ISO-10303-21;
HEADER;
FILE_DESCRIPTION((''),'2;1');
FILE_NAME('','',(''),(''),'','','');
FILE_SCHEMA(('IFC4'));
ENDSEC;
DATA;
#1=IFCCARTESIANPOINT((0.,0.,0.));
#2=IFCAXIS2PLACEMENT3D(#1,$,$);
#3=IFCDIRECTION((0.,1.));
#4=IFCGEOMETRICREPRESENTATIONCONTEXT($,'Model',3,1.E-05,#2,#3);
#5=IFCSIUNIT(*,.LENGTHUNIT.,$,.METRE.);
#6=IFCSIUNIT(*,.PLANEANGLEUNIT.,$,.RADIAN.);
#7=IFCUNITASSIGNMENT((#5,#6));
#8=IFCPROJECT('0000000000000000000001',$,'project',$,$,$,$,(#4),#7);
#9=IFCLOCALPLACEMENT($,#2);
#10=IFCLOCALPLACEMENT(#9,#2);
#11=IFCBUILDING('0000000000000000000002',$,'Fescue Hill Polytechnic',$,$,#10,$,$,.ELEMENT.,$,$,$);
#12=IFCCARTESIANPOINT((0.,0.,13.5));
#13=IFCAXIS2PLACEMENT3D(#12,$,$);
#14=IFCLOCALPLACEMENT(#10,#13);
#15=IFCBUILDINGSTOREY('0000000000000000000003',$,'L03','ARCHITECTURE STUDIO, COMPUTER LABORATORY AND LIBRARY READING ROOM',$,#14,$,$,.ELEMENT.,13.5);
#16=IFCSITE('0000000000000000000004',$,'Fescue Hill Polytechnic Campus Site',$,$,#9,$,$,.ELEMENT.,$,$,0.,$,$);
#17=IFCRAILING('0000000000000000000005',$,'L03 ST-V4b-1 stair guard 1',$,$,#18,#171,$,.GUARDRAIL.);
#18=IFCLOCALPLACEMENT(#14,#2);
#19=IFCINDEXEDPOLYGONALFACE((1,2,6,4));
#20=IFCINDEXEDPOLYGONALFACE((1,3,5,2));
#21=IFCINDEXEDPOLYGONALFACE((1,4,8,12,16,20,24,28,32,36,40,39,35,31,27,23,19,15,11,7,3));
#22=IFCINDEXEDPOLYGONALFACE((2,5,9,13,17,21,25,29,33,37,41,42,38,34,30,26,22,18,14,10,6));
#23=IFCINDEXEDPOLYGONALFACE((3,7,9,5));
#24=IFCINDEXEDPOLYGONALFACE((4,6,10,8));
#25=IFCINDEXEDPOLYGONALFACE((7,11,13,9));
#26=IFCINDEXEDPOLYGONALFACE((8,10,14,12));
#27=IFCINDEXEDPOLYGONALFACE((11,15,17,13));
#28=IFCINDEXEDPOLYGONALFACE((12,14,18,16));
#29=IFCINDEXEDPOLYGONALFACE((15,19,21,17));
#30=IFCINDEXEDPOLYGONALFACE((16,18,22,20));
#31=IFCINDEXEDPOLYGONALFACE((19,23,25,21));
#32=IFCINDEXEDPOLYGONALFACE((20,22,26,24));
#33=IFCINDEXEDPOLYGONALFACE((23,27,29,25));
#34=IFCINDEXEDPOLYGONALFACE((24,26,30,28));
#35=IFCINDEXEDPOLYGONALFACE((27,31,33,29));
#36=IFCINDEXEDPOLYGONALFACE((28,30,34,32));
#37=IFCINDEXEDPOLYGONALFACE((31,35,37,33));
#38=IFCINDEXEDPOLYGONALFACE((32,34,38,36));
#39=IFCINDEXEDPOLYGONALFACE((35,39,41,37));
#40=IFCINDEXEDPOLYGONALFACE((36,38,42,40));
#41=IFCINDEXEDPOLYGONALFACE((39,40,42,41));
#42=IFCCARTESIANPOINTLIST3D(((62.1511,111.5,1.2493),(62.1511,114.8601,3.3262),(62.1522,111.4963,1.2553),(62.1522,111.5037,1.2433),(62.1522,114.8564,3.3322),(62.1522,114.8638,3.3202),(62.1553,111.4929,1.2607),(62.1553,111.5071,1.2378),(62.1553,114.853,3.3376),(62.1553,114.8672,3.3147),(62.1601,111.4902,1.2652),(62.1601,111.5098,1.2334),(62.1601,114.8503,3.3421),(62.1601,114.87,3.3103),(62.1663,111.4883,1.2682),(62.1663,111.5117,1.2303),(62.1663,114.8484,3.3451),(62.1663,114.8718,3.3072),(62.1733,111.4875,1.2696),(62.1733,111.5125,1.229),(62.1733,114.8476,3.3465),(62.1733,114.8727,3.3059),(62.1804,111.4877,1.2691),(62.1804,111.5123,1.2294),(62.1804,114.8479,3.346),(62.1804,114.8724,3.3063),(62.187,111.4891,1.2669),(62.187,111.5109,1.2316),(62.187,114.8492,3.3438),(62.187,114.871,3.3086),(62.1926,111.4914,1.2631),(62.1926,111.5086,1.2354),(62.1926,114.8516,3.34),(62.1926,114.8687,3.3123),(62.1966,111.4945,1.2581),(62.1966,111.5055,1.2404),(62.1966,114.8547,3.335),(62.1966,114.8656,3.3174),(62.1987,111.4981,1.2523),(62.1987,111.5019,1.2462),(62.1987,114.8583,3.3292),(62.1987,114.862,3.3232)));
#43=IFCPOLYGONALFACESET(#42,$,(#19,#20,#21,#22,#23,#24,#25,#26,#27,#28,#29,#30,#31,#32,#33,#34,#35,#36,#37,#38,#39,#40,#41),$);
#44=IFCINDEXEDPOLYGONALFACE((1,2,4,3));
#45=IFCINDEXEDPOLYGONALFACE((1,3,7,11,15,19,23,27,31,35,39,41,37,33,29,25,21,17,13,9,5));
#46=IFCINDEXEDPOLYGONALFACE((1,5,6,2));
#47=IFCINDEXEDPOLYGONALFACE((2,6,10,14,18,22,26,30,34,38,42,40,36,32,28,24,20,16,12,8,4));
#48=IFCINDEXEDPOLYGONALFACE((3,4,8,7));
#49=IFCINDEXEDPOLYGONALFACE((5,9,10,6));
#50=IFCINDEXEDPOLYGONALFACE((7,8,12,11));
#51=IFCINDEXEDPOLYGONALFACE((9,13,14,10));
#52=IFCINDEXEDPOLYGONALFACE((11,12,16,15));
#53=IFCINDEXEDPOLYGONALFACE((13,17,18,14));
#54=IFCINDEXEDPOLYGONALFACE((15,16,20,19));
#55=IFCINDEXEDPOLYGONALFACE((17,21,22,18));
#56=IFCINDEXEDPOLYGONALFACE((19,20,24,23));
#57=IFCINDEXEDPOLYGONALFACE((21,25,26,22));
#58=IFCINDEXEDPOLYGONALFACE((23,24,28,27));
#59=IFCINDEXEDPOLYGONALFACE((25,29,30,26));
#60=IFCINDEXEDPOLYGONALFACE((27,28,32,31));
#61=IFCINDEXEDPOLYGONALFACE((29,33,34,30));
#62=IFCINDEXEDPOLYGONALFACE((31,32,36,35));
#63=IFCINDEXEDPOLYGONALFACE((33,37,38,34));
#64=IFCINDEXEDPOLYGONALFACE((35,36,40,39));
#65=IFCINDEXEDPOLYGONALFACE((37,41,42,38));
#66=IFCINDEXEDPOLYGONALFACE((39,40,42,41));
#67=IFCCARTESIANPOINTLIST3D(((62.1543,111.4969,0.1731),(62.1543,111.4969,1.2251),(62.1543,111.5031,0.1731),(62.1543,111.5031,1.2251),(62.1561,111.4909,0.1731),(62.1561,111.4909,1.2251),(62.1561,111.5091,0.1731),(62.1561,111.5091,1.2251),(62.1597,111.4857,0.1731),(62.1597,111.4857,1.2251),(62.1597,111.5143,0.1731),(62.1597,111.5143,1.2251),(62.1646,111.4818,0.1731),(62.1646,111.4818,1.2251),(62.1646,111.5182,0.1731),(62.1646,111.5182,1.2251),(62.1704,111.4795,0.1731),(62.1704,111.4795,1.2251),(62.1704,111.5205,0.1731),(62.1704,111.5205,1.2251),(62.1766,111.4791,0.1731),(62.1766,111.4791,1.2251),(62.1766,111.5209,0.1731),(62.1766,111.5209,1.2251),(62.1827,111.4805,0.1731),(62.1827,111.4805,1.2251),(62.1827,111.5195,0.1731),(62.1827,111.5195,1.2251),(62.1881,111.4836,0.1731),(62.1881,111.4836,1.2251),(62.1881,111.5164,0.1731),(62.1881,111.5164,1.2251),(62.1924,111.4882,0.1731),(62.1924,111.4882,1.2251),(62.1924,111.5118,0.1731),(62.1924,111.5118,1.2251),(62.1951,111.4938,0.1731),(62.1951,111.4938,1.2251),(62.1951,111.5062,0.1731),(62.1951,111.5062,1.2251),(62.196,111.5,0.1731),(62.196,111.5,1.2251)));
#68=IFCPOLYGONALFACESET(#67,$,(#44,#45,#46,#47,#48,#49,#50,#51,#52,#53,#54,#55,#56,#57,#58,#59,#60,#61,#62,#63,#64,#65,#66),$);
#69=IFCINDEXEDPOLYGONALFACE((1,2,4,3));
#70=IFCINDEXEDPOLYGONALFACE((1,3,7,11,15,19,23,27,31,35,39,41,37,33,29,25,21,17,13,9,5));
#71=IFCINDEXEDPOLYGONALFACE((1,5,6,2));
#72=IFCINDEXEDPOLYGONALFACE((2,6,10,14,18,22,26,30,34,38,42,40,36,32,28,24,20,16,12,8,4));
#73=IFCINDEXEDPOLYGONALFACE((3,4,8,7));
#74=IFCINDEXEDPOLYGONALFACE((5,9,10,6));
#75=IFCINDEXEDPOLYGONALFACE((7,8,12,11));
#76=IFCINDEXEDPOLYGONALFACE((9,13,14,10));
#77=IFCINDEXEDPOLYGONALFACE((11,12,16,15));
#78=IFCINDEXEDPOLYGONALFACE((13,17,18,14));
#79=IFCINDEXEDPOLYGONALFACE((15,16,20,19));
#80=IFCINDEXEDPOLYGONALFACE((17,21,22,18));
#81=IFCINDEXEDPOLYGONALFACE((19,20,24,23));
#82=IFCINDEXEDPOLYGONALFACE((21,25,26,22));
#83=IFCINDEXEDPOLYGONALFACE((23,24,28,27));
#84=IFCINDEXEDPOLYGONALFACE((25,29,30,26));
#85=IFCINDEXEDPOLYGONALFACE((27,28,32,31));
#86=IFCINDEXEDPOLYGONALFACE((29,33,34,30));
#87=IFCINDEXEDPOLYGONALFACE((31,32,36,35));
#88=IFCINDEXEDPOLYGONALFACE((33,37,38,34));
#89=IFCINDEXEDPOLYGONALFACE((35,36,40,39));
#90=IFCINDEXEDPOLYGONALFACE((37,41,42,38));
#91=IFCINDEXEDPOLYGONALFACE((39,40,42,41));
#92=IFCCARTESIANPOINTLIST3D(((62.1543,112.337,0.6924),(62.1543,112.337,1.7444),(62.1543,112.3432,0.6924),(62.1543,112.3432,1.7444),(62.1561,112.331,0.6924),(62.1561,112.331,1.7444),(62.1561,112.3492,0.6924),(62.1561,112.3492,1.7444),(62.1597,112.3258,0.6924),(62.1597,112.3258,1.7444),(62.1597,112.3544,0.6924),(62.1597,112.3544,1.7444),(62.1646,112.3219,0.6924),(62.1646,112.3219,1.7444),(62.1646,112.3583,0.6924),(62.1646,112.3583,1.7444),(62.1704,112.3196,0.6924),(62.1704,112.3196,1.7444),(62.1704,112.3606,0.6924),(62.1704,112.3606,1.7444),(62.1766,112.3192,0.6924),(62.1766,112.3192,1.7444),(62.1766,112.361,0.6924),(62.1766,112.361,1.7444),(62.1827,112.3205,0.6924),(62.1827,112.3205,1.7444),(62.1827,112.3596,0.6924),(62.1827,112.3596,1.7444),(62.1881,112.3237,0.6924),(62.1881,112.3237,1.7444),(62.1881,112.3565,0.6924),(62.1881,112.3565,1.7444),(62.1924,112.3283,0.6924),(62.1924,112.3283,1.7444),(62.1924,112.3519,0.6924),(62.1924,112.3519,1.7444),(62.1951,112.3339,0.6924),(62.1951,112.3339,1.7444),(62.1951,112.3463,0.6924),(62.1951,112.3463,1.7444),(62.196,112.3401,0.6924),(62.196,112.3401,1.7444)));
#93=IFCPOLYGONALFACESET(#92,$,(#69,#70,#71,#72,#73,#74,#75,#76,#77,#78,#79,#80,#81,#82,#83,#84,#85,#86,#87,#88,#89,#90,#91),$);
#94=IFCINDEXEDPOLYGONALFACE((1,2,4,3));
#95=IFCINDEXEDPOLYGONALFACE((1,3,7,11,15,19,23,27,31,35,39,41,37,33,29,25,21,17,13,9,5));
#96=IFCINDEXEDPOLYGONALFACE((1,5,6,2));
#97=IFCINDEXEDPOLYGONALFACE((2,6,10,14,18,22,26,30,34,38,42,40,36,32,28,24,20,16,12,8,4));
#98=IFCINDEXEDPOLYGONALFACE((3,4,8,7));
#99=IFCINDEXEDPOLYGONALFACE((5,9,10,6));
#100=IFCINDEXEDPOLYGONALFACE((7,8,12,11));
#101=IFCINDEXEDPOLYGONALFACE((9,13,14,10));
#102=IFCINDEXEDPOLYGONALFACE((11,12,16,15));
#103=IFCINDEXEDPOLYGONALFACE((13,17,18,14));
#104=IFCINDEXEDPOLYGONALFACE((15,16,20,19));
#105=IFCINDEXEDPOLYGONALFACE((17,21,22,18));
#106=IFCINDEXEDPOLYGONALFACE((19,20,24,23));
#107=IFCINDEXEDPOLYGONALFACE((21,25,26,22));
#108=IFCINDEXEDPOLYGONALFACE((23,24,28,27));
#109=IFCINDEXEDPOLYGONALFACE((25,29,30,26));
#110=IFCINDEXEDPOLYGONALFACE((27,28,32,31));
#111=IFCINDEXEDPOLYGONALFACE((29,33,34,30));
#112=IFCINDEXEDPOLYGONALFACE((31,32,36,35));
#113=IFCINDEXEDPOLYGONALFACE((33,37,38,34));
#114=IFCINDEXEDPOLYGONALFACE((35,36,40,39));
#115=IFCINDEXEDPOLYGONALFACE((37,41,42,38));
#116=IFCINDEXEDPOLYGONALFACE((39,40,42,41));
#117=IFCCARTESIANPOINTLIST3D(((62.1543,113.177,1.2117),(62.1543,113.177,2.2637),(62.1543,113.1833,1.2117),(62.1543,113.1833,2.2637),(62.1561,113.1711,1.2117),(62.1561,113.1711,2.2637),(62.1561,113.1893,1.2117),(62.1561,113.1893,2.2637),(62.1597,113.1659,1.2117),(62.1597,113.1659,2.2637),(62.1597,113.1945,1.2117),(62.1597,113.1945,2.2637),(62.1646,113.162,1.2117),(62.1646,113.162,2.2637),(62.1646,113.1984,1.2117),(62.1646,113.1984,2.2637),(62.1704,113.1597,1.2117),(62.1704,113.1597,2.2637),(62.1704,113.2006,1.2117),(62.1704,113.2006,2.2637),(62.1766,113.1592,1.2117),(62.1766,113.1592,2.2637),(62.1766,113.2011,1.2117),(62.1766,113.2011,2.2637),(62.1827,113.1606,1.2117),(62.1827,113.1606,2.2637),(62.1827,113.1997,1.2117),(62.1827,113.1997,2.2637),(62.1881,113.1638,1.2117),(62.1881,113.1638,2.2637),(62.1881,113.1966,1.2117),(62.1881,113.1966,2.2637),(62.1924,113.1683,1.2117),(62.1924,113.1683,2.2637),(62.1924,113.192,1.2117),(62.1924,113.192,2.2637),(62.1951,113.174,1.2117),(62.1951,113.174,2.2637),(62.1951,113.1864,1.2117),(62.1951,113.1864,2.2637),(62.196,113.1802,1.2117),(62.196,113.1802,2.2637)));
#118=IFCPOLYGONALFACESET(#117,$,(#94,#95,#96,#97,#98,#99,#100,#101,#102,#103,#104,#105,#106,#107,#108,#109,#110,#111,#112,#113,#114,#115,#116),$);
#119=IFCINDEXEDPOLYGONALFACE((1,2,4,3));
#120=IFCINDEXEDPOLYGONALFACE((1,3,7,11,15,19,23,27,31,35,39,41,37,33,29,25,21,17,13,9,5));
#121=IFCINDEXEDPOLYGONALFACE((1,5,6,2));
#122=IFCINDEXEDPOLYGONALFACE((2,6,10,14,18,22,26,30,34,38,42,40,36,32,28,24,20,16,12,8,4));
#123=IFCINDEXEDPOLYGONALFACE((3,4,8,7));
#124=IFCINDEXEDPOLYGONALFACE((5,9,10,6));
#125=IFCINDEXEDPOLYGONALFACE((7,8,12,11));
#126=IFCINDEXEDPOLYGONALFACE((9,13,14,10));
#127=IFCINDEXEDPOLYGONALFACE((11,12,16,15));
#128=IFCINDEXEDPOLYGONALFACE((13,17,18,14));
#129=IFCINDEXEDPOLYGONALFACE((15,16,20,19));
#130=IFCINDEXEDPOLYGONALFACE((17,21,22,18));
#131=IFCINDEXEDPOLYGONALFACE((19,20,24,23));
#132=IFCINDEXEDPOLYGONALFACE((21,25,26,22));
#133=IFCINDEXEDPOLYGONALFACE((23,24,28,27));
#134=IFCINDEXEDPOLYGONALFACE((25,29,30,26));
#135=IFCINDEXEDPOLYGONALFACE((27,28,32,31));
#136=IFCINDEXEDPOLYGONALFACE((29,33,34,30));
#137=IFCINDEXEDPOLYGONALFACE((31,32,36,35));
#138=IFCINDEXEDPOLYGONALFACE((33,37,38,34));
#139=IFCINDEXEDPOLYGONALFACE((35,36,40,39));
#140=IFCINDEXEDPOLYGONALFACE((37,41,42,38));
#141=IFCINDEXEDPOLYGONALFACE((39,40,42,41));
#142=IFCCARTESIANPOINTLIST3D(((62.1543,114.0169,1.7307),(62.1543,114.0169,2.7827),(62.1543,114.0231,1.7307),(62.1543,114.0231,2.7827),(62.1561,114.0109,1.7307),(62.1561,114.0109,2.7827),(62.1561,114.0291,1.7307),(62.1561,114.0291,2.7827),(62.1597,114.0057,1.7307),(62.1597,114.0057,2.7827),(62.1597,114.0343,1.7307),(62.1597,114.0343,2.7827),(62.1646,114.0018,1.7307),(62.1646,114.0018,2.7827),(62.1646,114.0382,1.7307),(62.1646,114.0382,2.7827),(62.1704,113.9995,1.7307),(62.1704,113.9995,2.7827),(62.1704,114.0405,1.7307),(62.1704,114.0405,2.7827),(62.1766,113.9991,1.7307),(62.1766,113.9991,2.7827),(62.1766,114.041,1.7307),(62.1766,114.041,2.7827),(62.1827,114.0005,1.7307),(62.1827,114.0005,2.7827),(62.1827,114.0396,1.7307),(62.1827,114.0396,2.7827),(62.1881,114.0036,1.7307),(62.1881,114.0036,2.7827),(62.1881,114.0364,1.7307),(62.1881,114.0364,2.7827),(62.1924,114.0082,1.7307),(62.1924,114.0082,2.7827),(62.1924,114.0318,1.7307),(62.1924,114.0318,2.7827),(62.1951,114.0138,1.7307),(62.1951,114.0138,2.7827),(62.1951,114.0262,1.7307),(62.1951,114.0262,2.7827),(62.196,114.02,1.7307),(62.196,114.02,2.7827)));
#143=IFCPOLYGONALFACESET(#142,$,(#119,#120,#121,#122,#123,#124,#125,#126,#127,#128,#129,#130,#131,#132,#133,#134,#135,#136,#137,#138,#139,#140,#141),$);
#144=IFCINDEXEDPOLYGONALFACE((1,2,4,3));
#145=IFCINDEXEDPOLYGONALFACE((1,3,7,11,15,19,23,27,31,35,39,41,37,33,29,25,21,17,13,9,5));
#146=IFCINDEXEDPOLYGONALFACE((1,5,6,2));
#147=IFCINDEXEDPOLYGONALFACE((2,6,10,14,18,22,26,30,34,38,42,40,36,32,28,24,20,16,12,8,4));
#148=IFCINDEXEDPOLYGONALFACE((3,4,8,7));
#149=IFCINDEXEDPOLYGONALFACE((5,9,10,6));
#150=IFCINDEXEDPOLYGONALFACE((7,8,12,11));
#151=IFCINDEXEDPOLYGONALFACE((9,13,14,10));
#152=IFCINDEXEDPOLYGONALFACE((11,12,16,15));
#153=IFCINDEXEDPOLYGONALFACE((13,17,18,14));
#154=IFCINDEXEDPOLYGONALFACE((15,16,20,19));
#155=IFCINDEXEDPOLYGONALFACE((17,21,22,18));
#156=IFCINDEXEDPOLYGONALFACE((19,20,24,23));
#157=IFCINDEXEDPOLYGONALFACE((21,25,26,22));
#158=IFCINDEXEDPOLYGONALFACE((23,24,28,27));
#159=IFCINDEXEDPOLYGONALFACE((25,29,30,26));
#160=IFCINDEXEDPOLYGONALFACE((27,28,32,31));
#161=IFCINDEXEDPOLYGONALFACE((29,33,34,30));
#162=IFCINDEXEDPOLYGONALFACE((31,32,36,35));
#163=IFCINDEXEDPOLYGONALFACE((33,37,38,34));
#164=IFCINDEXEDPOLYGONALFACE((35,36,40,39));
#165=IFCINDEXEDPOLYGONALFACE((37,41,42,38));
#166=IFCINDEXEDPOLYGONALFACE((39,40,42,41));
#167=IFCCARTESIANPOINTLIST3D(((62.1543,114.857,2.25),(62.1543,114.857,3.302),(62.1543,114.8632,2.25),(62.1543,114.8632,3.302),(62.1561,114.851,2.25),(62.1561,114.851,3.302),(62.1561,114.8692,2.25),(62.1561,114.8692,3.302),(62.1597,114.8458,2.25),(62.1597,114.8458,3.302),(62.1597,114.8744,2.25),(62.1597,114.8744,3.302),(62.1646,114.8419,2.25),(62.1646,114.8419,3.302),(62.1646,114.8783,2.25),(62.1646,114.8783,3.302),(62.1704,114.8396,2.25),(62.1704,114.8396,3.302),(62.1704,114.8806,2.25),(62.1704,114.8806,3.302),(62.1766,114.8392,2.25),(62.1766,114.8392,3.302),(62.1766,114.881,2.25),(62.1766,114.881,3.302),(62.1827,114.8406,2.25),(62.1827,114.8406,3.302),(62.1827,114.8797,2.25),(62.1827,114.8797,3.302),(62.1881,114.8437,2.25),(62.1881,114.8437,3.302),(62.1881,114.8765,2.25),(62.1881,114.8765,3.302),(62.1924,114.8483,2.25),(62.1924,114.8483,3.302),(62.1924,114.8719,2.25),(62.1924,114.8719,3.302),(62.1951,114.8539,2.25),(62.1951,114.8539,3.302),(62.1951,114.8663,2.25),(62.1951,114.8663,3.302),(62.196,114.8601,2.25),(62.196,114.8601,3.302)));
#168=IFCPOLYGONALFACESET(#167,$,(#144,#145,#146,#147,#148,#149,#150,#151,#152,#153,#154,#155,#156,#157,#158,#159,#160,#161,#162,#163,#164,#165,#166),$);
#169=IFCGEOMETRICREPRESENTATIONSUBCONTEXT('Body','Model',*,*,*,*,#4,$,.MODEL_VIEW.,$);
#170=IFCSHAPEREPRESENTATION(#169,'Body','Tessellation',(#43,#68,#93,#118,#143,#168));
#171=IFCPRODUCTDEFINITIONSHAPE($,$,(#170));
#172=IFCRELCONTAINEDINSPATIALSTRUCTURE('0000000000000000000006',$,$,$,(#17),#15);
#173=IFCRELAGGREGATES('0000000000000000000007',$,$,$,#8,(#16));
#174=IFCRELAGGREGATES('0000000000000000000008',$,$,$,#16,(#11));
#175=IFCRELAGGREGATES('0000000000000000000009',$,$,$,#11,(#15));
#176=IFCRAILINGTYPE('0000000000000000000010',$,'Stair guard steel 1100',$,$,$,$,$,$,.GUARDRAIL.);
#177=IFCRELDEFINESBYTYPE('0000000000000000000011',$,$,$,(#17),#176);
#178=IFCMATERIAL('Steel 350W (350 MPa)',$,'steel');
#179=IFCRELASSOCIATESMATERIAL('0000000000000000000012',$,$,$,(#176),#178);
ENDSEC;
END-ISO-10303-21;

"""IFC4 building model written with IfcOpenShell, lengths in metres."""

from ifc_helpers import new_model, si_unit, direction, frame, origin, origin_2d, place, context, subcontext, project, spatial, circle, extrude, material, type_object, element, save


model = new_model("IFC4")

# Units and contexts
model_context = context("Model", 3, precision=1e-05, world=origin(), true_north=direction((0.0, 1.0)))
body_context = subcontext(model_context, "Body", "Model", "MODEL_VIEW")
ifc_project = project(units=[si_unit("LENGTHUNIT", "METRE"), si_unit("PLANEANGLEUNIT", "RADIAN")], contexts=[model_context])

# Site, building, storey
site_placement = place(None, origin())
site = spatial("IfcSite", under=ifc_project, at=site_placement, Name="Fescue Hill Polytechnic Campus Site", CompositionType="ELEMENT", RefElevation=0.0)
building_placement = place(site_placement, origin())
building = spatial("IfcBuilding", under=site, at=building_placement, Name="Fescue Hill Polytechnic", CompositionType="ELEMENT")
storey_placement = place(building_placement, frame((0.0, 0.0, 13.5)))
storey = spatial("IfcBuildingStorey", under=building, at=storey_placement, Name="L03", Description="ARCHITECTURE STUDIO, COMPUTER LABORATORY AND LIBRARY READING ROOM", CompositionType="ELEMENT", Elevation=13.5)

# Railing
ifc_material_1 = material(Name="Steel 350W (350 MPa)", Category="steel")
railing_type_1 = type_object("IfcRailingType", Name="Stair guard steel 1100", PredefinedType="GUARDRAIL", material=ifc_material_1)
railing_1_placement = place(storey_placement, frame((62.175, 111.5, 0.1731)))
element("IfcRailing", 1, at=railing_1_placement, inside=storey, type_object=railing_type_1, Name="L03 ST-V4b-1 stair guard 1", PredefinedType="GUARDRAIL", context=body_context, shape_type="SweptSolid", body=[
    extrude(circle(Radius=0.0239, at=origin_2d()), frame((0.0, 0.0, 1.0762), z_axis=(0.0, 0.850623, 0.525776), x_axis=(-1.0, 0.0, 0.0)), (0.0, 0.0, 1.0), 3.9502),
    extrude(circle(Radius=0.021, at=origin_2d()), origin(), (0.0, 0.0, 1.0), 1.052),
    extrude(circle(Radius=0.021, at=origin_2d()), frame((0.0, 0.8401, 0.5193)), (0.0, 0.0, 1.0), 1.052),
    extrude(circle(Radius=0.021, at=origin_2d()), frame((0.0, 1.6802, 1.0386)), (0.0, 0.0, 1.0), 1.052),
    extrude(circle(Radius=0.021, at=origin_2d()), frame((0.0, 2.52, 1.5576)), (0.0, 0.0, 1.0), 1.052),
    extrude(circle(Radius=0.021, at=origin_2d()), frame((0.0, 3.3601, 2.0769)), (0.0, 0.0, 1.0), 1.052),
])

save(model, "model.ifc")
